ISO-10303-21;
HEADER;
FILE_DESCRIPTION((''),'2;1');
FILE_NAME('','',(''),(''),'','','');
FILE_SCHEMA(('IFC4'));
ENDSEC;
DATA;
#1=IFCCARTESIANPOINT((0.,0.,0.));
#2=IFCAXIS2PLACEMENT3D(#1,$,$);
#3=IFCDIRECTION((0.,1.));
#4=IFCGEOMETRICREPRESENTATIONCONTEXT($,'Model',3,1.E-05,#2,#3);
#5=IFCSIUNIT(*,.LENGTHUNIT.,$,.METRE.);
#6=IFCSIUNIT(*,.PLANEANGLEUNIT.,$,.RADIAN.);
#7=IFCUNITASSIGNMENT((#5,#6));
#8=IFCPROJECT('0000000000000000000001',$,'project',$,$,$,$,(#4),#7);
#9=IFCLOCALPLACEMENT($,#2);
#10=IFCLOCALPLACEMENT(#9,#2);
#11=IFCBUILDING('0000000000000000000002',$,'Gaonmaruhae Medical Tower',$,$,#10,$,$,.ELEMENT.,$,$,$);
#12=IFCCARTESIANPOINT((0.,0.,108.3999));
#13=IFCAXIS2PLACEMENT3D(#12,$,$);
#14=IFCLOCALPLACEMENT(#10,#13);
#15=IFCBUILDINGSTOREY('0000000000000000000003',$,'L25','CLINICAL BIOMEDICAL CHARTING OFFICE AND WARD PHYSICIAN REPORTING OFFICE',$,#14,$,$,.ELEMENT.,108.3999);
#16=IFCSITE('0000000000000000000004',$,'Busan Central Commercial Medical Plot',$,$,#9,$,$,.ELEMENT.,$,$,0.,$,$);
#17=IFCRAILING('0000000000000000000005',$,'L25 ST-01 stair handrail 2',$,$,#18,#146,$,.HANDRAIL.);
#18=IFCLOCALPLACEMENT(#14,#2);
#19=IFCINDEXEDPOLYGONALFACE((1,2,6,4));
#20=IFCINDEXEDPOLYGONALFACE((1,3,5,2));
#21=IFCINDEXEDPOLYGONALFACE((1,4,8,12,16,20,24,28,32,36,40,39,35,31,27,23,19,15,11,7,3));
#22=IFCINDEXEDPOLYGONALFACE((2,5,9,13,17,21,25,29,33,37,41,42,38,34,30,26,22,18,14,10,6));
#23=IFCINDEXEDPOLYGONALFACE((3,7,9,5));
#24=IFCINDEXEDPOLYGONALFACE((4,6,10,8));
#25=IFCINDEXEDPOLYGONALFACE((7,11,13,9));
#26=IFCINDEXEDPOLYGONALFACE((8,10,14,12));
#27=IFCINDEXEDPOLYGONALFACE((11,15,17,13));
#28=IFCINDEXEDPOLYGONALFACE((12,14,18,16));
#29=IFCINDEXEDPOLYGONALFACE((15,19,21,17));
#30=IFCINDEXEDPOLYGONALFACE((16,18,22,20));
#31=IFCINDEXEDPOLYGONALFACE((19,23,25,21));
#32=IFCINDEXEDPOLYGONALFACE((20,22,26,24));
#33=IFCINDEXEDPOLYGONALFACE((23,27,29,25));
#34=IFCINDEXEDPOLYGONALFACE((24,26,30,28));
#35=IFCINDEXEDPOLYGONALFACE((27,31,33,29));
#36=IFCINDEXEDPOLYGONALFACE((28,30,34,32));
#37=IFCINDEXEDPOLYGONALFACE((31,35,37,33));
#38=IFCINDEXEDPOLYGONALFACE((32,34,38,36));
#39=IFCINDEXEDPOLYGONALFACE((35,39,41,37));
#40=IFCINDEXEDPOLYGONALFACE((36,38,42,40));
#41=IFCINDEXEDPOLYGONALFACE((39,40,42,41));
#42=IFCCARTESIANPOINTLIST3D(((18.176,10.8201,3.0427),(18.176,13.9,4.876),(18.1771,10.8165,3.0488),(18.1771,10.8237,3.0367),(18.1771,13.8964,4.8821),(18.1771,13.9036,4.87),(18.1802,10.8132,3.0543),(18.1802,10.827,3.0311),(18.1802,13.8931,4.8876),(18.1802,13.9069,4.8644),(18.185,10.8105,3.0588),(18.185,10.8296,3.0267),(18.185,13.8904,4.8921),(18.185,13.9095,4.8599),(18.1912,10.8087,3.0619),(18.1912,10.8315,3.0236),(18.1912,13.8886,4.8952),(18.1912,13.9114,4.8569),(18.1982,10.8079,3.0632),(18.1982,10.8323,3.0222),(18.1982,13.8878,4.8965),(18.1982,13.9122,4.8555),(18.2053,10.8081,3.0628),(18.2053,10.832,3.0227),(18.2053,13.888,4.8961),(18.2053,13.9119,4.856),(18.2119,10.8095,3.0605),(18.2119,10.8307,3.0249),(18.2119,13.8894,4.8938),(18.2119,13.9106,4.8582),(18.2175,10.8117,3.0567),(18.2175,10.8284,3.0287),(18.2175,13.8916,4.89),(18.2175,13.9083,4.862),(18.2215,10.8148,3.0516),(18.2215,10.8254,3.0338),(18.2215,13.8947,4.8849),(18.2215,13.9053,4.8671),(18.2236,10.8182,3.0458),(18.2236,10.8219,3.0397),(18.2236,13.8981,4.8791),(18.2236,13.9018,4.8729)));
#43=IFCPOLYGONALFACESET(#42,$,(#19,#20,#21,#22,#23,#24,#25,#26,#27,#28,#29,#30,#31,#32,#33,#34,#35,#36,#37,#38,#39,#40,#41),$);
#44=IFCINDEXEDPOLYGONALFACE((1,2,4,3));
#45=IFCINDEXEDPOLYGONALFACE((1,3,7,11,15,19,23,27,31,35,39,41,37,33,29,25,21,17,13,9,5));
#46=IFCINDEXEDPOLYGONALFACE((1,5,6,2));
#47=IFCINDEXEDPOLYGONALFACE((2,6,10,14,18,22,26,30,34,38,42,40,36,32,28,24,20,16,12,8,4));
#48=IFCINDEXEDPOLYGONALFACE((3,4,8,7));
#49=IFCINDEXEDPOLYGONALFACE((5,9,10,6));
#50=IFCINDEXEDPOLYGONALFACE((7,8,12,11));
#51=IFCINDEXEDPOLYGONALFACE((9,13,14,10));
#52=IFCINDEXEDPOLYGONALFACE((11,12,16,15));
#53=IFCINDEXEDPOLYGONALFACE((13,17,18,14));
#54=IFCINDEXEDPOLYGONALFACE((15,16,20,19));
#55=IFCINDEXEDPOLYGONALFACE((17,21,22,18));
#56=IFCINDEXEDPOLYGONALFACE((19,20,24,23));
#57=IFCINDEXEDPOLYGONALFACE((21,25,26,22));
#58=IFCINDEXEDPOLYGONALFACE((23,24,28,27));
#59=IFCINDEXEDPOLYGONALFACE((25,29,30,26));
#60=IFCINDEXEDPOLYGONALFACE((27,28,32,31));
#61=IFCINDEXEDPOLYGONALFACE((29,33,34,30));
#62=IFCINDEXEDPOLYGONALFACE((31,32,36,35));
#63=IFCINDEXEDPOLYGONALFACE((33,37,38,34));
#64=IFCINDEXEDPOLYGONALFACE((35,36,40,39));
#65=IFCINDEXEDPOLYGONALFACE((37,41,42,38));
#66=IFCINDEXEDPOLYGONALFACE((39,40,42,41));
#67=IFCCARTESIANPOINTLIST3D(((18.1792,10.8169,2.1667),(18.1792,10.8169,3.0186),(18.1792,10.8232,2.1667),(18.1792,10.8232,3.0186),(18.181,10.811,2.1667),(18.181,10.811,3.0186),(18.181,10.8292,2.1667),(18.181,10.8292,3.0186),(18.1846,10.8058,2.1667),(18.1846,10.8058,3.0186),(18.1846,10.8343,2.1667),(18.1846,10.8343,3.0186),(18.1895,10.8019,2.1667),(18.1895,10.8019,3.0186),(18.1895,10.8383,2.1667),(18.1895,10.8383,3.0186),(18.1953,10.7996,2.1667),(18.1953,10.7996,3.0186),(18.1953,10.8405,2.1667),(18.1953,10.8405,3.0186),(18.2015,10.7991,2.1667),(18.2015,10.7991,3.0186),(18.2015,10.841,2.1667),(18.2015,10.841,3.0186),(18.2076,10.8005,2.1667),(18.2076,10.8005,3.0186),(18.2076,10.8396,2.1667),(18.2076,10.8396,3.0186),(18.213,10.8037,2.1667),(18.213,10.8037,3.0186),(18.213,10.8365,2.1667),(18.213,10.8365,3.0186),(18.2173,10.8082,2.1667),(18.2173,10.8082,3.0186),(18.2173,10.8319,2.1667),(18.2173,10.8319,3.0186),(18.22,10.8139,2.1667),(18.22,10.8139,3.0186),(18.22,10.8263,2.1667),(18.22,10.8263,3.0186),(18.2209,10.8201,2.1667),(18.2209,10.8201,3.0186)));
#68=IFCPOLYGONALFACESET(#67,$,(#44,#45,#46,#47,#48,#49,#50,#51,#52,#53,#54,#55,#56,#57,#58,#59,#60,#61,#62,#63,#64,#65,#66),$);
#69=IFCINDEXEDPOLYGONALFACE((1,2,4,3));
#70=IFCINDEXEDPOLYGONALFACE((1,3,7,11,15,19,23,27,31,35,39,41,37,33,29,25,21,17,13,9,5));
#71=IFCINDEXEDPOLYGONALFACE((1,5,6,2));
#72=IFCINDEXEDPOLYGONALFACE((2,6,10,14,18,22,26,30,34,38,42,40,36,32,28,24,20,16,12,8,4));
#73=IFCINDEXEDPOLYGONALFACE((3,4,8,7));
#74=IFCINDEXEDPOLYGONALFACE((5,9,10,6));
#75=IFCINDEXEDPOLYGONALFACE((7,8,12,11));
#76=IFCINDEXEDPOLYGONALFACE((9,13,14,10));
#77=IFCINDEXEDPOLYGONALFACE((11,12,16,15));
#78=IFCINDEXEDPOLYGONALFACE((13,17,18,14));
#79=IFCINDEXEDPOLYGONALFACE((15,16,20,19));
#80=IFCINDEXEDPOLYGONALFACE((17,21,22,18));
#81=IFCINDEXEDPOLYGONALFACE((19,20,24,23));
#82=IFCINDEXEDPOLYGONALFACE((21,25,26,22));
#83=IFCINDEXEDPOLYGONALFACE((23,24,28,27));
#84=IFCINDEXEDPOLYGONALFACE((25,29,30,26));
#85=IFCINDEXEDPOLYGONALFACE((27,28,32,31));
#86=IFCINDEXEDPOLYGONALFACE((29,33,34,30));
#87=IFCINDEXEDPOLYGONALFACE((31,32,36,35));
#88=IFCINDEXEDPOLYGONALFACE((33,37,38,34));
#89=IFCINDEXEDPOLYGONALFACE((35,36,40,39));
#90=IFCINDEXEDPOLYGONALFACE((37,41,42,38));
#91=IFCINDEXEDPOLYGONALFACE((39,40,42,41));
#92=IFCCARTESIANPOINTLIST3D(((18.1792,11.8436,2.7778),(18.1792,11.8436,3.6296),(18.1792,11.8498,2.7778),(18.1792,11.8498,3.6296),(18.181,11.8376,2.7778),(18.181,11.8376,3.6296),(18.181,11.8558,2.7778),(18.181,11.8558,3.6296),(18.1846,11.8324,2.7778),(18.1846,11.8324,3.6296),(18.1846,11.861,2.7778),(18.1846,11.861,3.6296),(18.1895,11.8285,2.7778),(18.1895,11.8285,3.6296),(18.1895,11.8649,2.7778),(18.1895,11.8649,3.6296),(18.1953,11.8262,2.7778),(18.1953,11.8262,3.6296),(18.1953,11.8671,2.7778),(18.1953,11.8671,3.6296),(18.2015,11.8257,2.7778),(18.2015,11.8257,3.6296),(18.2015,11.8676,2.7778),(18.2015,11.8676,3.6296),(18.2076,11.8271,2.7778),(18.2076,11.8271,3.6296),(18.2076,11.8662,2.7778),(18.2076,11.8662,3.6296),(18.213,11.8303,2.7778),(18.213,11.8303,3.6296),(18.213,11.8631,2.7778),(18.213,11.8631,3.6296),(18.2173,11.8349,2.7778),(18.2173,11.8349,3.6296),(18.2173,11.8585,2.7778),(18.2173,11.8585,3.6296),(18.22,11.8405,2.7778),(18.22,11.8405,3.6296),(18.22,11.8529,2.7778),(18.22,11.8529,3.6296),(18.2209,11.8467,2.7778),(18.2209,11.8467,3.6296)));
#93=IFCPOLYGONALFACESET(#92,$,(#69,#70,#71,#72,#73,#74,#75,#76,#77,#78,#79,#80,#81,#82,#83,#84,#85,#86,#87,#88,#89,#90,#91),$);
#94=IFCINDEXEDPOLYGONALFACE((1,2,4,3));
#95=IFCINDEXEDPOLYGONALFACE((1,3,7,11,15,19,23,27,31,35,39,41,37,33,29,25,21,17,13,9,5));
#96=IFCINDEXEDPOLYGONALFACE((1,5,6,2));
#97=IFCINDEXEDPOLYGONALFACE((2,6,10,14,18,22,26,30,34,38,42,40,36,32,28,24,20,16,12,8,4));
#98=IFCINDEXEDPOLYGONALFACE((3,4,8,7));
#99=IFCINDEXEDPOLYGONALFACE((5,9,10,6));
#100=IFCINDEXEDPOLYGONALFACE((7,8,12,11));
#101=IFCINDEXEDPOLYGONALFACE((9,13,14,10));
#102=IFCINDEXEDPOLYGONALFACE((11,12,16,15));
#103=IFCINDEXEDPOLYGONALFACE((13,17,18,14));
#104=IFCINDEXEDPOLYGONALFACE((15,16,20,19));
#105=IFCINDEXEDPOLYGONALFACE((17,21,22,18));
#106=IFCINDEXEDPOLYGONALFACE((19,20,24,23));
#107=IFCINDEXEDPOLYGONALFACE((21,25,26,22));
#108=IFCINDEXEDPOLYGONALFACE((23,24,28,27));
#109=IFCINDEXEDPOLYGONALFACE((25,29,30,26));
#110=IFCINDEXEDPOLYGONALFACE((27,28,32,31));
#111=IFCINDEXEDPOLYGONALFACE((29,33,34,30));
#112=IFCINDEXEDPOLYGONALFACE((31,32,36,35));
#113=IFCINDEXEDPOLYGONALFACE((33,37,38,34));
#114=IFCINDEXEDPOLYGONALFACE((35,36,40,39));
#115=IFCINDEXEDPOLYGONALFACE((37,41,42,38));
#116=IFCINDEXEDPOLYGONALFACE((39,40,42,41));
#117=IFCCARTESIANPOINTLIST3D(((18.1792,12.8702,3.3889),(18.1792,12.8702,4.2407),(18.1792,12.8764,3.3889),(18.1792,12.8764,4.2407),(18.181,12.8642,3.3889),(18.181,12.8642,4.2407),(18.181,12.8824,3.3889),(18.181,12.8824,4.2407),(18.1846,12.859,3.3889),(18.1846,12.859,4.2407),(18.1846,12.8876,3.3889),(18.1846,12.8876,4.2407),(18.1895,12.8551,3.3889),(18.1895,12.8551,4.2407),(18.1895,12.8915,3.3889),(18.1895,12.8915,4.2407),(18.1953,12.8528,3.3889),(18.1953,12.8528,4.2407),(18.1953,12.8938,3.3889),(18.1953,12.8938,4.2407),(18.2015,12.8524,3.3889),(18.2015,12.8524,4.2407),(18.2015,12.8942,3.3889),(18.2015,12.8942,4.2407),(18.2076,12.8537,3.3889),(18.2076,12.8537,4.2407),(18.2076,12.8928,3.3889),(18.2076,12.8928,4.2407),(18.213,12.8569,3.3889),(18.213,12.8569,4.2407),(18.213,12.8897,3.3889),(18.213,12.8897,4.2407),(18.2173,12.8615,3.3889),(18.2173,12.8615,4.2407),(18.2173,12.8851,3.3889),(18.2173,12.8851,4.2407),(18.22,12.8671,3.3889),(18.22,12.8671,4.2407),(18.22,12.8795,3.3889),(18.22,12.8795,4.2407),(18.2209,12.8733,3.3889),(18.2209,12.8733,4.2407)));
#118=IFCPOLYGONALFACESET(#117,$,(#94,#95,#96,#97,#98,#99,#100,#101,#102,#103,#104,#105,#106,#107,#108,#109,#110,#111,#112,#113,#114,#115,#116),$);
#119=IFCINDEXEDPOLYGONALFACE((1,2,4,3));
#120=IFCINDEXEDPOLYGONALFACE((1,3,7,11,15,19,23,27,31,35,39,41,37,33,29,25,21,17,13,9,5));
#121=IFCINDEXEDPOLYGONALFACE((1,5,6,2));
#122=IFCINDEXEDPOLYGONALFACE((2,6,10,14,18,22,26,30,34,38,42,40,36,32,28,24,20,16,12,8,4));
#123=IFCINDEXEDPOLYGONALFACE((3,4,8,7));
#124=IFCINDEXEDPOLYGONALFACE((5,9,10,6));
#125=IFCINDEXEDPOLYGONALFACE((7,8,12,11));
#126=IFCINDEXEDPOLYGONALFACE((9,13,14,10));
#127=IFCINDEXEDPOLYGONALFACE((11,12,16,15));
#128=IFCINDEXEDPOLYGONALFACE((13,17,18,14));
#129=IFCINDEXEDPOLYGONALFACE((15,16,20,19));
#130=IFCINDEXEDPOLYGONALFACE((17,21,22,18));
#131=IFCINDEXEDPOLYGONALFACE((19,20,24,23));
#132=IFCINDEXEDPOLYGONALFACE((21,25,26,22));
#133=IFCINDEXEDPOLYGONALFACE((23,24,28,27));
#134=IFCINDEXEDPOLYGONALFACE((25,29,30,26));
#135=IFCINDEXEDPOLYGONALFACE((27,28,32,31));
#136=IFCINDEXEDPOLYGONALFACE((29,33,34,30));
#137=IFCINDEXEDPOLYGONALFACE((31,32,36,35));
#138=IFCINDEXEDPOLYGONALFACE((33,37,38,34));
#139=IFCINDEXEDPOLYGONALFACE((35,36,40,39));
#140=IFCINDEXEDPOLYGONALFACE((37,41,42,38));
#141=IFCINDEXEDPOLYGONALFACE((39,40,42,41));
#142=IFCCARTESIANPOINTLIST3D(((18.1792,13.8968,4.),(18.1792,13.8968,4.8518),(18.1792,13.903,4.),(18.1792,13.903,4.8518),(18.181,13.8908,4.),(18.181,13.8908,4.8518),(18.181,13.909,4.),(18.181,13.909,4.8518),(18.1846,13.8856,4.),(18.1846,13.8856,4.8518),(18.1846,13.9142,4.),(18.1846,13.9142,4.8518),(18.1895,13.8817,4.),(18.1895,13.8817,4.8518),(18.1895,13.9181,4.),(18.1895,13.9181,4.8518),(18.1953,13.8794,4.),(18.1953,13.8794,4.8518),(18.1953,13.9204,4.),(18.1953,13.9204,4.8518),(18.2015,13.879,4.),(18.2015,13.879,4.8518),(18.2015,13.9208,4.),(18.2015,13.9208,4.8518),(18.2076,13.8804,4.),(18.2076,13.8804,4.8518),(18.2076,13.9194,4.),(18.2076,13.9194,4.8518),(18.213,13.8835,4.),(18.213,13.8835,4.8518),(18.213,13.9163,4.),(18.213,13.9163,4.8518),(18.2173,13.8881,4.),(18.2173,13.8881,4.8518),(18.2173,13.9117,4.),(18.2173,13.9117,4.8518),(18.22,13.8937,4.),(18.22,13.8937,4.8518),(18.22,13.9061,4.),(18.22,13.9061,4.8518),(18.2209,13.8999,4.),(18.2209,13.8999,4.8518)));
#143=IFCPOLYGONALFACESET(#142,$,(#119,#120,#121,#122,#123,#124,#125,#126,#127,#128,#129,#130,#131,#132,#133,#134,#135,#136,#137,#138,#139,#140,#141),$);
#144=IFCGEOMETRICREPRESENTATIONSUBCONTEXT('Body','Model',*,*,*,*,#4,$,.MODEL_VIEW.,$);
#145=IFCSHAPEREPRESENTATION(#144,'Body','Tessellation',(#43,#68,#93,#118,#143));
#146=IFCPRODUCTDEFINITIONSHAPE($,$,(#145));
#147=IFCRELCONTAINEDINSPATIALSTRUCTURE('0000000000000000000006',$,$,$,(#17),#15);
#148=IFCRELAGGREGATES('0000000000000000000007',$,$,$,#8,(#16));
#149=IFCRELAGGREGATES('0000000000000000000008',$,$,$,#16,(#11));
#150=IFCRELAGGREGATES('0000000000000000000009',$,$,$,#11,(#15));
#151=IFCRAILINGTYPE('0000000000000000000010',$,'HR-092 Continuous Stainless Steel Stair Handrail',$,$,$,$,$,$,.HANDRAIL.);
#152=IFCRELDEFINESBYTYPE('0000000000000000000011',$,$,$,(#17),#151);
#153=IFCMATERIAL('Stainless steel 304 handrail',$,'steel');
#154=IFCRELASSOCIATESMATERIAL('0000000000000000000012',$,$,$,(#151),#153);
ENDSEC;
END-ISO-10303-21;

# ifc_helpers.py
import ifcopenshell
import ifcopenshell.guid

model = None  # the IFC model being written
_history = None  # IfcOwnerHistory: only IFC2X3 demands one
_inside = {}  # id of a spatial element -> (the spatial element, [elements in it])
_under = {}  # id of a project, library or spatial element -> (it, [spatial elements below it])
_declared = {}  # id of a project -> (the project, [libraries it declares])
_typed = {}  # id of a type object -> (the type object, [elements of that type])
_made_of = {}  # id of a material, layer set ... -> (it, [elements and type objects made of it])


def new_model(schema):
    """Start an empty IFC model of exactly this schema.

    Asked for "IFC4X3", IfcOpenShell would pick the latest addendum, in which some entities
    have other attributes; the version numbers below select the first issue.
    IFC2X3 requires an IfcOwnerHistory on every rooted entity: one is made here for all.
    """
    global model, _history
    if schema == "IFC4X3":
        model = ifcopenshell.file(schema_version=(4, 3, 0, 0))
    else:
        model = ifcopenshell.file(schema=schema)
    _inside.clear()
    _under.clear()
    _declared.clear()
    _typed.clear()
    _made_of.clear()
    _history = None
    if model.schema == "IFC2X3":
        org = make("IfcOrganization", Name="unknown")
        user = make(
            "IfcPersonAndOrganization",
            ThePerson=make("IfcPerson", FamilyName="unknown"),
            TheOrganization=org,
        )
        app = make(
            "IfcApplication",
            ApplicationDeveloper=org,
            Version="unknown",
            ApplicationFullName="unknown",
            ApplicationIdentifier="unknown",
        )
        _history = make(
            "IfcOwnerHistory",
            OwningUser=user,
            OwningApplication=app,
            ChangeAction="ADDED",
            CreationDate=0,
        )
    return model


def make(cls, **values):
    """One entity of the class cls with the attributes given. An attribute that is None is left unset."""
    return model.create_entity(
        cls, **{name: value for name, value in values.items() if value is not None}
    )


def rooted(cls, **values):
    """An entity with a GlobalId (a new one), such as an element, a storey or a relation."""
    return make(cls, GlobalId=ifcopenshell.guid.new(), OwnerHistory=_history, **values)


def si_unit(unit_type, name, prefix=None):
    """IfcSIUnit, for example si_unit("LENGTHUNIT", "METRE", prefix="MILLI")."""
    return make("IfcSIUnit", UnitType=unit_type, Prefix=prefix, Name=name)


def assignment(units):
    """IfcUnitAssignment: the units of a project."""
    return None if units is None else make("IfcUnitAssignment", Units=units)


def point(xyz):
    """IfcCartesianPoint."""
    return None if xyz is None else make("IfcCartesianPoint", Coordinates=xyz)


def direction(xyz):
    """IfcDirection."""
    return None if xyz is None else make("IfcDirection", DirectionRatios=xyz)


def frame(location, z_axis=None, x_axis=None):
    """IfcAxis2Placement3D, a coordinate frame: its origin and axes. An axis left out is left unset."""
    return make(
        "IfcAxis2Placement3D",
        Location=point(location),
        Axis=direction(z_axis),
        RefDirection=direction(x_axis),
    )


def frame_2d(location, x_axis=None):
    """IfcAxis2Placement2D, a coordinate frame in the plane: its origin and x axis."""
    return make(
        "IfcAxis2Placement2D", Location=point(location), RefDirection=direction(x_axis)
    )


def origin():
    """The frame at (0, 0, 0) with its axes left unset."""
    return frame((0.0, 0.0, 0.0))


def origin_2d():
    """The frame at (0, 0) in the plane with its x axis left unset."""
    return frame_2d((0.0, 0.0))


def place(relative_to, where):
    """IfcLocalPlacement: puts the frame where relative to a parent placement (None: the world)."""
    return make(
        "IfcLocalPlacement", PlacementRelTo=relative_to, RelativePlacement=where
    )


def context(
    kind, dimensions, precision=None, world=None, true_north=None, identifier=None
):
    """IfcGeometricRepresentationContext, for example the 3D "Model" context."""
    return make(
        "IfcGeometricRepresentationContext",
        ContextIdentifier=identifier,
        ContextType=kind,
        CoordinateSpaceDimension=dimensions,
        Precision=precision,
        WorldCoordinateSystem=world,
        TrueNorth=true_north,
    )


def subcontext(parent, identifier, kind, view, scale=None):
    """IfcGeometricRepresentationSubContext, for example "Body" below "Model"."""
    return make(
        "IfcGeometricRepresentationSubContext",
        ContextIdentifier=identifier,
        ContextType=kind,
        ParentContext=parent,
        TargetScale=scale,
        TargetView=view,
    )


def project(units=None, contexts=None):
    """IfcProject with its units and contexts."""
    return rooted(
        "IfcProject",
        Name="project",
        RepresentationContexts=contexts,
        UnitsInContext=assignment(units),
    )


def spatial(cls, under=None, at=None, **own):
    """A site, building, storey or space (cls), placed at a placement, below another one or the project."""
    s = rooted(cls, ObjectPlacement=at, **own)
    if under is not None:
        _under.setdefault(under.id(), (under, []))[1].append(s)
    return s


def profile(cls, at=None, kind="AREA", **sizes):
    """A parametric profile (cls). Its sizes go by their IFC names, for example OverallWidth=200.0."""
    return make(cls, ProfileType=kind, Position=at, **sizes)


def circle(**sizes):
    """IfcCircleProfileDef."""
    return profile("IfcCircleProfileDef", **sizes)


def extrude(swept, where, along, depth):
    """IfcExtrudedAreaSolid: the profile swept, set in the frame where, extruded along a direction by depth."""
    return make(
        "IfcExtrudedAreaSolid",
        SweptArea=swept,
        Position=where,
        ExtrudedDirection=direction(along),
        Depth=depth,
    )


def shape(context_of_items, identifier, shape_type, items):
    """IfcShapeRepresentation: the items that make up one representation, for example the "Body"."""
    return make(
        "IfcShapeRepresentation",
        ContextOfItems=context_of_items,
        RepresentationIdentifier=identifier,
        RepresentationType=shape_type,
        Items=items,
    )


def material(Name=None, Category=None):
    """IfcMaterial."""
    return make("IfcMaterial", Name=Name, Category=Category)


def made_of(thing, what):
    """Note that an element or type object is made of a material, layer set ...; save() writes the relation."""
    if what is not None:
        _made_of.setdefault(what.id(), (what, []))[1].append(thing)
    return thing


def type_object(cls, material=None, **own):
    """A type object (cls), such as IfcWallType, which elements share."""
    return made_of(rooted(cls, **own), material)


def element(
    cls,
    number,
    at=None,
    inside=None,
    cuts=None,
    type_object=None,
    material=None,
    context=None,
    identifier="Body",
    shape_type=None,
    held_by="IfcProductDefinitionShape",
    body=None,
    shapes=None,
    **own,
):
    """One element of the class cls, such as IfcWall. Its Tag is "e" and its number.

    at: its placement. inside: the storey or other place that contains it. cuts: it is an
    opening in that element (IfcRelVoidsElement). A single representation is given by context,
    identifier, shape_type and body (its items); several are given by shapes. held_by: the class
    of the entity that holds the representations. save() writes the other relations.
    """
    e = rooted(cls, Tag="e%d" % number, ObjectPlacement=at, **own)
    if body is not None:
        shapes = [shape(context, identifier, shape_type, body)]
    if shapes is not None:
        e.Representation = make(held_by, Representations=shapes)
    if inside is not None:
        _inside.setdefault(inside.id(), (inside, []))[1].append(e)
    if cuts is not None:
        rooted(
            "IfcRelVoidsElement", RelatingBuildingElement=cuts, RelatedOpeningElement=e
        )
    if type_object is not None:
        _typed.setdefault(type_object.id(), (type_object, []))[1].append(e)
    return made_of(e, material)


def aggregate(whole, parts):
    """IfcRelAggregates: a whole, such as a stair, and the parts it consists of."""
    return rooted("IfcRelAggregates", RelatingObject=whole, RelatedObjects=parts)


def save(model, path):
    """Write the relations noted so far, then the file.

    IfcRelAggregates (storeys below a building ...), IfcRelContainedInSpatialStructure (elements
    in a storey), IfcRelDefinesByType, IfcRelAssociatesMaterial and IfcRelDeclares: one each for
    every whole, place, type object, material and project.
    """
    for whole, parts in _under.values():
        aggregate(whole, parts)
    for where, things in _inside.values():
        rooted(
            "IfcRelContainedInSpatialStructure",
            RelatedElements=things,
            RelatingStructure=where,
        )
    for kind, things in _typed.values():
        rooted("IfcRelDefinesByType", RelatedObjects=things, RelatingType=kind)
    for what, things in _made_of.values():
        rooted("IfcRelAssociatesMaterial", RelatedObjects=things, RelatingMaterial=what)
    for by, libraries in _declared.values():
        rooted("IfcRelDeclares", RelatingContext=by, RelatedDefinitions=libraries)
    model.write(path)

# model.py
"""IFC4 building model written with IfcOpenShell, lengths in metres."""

from ifc_helpers import new_model, si_unit, direction, frame, origin, origin_2d, place, context, subcontext, project, spatial, circle, extrude, material, type_object, element, save


model = new_model("IFC4")

# Units and contexts
model_context = context("Model", 3, precision=1e-05, world=origin(), true_north=direction((0.0, 1.0)))
body_context = subcontext(model_context, "Body", "Model", "MODEL_VIEW")
ifc_project = project(units=[si_unit("LENGTHUNIT", "METRE"), si_unit("PLANEANGLEUNIT", "RADIAN")], contexts=[model_context])

# Site, building, storey
site_placement = place(None, origin())
site = spatial("IfcSite", under=ifc_project, at=site_placement, Name="Busan Central Commercial Medical Plot", CompositionType="ELEMENT", RefElevation=0.0)
building_placement = place(site_placement, origin())
building = spatial("IfcBuilding", under=site, at=building_placement, Name="Gaonmaruhae Medical Tower", CompositionType="ELEMENT")
storey_placement = place(building_placement, frame((0.0, 0.0, 108.3999)))
storey = spatial("IfcBuildingStorey", under=building, at=storey_placement, Name="L25", Description="CLINICAL BIOMEDICAL CHARTING OFFICE AND WARD PHYSICIAN REPORTING OFFICE", CompositionType="ELEMENT", Elevation=108.3999)

# Railing
ifc_material_1 = material(Name="Stainless steel 304 handrail", Category="steel")
railing_type_1 = type_object("IfcRailingType", Name="HR-092 Continuous Stainless Steel Stair Handrail", PredefinedType="HANDRAIL", material=ifc_material_1)
railing_1_placement = place(storey_placement, frame((18.2, 10.8201, 2.1667)))
element("IfcRailing", 1, at=railing_1_placement, inside=storey, type_object=railing_type_1, Name="L25 ST-01 stair handrail 2", PredefinedType="HANDRAIL", context=body_context, shape_type="SweptSolid", body=[
    extrude(circle(Radius=0.0239, at=origin_2d()), frame((0.0, 0.0, 0.876), z_axis=(0.0, 0.859291, 0.511487), x_axis=(-1.0, 0.0, 0.0)), (0.0, 0.0, 1.0), 3.5842),
    extrude(circle(Radius=0.021, at=origin_2d()), origin(), (0.0, 0.0, 1.0), 0.8518),
    extrude(circle(Radius=0.021, at=origin_2d()), frame((0.0, 1.0266, 0.6111)), (0.0, 0.0, 1.0), 0.8518),
    extrude(circle(Radius=0.021, at=origin_2d()), frame((0.0, 2.0532, 1.2222)), (0.0, 0.0, 1.0), 0.8518),
    extrude(circle(Radius=0.021, at=origin_2d()), frame((0.0, 3.0798, 1.8333)), (0.0, 0.0, 1.0), 0.8518),
])

save(model, "model.ifc")
